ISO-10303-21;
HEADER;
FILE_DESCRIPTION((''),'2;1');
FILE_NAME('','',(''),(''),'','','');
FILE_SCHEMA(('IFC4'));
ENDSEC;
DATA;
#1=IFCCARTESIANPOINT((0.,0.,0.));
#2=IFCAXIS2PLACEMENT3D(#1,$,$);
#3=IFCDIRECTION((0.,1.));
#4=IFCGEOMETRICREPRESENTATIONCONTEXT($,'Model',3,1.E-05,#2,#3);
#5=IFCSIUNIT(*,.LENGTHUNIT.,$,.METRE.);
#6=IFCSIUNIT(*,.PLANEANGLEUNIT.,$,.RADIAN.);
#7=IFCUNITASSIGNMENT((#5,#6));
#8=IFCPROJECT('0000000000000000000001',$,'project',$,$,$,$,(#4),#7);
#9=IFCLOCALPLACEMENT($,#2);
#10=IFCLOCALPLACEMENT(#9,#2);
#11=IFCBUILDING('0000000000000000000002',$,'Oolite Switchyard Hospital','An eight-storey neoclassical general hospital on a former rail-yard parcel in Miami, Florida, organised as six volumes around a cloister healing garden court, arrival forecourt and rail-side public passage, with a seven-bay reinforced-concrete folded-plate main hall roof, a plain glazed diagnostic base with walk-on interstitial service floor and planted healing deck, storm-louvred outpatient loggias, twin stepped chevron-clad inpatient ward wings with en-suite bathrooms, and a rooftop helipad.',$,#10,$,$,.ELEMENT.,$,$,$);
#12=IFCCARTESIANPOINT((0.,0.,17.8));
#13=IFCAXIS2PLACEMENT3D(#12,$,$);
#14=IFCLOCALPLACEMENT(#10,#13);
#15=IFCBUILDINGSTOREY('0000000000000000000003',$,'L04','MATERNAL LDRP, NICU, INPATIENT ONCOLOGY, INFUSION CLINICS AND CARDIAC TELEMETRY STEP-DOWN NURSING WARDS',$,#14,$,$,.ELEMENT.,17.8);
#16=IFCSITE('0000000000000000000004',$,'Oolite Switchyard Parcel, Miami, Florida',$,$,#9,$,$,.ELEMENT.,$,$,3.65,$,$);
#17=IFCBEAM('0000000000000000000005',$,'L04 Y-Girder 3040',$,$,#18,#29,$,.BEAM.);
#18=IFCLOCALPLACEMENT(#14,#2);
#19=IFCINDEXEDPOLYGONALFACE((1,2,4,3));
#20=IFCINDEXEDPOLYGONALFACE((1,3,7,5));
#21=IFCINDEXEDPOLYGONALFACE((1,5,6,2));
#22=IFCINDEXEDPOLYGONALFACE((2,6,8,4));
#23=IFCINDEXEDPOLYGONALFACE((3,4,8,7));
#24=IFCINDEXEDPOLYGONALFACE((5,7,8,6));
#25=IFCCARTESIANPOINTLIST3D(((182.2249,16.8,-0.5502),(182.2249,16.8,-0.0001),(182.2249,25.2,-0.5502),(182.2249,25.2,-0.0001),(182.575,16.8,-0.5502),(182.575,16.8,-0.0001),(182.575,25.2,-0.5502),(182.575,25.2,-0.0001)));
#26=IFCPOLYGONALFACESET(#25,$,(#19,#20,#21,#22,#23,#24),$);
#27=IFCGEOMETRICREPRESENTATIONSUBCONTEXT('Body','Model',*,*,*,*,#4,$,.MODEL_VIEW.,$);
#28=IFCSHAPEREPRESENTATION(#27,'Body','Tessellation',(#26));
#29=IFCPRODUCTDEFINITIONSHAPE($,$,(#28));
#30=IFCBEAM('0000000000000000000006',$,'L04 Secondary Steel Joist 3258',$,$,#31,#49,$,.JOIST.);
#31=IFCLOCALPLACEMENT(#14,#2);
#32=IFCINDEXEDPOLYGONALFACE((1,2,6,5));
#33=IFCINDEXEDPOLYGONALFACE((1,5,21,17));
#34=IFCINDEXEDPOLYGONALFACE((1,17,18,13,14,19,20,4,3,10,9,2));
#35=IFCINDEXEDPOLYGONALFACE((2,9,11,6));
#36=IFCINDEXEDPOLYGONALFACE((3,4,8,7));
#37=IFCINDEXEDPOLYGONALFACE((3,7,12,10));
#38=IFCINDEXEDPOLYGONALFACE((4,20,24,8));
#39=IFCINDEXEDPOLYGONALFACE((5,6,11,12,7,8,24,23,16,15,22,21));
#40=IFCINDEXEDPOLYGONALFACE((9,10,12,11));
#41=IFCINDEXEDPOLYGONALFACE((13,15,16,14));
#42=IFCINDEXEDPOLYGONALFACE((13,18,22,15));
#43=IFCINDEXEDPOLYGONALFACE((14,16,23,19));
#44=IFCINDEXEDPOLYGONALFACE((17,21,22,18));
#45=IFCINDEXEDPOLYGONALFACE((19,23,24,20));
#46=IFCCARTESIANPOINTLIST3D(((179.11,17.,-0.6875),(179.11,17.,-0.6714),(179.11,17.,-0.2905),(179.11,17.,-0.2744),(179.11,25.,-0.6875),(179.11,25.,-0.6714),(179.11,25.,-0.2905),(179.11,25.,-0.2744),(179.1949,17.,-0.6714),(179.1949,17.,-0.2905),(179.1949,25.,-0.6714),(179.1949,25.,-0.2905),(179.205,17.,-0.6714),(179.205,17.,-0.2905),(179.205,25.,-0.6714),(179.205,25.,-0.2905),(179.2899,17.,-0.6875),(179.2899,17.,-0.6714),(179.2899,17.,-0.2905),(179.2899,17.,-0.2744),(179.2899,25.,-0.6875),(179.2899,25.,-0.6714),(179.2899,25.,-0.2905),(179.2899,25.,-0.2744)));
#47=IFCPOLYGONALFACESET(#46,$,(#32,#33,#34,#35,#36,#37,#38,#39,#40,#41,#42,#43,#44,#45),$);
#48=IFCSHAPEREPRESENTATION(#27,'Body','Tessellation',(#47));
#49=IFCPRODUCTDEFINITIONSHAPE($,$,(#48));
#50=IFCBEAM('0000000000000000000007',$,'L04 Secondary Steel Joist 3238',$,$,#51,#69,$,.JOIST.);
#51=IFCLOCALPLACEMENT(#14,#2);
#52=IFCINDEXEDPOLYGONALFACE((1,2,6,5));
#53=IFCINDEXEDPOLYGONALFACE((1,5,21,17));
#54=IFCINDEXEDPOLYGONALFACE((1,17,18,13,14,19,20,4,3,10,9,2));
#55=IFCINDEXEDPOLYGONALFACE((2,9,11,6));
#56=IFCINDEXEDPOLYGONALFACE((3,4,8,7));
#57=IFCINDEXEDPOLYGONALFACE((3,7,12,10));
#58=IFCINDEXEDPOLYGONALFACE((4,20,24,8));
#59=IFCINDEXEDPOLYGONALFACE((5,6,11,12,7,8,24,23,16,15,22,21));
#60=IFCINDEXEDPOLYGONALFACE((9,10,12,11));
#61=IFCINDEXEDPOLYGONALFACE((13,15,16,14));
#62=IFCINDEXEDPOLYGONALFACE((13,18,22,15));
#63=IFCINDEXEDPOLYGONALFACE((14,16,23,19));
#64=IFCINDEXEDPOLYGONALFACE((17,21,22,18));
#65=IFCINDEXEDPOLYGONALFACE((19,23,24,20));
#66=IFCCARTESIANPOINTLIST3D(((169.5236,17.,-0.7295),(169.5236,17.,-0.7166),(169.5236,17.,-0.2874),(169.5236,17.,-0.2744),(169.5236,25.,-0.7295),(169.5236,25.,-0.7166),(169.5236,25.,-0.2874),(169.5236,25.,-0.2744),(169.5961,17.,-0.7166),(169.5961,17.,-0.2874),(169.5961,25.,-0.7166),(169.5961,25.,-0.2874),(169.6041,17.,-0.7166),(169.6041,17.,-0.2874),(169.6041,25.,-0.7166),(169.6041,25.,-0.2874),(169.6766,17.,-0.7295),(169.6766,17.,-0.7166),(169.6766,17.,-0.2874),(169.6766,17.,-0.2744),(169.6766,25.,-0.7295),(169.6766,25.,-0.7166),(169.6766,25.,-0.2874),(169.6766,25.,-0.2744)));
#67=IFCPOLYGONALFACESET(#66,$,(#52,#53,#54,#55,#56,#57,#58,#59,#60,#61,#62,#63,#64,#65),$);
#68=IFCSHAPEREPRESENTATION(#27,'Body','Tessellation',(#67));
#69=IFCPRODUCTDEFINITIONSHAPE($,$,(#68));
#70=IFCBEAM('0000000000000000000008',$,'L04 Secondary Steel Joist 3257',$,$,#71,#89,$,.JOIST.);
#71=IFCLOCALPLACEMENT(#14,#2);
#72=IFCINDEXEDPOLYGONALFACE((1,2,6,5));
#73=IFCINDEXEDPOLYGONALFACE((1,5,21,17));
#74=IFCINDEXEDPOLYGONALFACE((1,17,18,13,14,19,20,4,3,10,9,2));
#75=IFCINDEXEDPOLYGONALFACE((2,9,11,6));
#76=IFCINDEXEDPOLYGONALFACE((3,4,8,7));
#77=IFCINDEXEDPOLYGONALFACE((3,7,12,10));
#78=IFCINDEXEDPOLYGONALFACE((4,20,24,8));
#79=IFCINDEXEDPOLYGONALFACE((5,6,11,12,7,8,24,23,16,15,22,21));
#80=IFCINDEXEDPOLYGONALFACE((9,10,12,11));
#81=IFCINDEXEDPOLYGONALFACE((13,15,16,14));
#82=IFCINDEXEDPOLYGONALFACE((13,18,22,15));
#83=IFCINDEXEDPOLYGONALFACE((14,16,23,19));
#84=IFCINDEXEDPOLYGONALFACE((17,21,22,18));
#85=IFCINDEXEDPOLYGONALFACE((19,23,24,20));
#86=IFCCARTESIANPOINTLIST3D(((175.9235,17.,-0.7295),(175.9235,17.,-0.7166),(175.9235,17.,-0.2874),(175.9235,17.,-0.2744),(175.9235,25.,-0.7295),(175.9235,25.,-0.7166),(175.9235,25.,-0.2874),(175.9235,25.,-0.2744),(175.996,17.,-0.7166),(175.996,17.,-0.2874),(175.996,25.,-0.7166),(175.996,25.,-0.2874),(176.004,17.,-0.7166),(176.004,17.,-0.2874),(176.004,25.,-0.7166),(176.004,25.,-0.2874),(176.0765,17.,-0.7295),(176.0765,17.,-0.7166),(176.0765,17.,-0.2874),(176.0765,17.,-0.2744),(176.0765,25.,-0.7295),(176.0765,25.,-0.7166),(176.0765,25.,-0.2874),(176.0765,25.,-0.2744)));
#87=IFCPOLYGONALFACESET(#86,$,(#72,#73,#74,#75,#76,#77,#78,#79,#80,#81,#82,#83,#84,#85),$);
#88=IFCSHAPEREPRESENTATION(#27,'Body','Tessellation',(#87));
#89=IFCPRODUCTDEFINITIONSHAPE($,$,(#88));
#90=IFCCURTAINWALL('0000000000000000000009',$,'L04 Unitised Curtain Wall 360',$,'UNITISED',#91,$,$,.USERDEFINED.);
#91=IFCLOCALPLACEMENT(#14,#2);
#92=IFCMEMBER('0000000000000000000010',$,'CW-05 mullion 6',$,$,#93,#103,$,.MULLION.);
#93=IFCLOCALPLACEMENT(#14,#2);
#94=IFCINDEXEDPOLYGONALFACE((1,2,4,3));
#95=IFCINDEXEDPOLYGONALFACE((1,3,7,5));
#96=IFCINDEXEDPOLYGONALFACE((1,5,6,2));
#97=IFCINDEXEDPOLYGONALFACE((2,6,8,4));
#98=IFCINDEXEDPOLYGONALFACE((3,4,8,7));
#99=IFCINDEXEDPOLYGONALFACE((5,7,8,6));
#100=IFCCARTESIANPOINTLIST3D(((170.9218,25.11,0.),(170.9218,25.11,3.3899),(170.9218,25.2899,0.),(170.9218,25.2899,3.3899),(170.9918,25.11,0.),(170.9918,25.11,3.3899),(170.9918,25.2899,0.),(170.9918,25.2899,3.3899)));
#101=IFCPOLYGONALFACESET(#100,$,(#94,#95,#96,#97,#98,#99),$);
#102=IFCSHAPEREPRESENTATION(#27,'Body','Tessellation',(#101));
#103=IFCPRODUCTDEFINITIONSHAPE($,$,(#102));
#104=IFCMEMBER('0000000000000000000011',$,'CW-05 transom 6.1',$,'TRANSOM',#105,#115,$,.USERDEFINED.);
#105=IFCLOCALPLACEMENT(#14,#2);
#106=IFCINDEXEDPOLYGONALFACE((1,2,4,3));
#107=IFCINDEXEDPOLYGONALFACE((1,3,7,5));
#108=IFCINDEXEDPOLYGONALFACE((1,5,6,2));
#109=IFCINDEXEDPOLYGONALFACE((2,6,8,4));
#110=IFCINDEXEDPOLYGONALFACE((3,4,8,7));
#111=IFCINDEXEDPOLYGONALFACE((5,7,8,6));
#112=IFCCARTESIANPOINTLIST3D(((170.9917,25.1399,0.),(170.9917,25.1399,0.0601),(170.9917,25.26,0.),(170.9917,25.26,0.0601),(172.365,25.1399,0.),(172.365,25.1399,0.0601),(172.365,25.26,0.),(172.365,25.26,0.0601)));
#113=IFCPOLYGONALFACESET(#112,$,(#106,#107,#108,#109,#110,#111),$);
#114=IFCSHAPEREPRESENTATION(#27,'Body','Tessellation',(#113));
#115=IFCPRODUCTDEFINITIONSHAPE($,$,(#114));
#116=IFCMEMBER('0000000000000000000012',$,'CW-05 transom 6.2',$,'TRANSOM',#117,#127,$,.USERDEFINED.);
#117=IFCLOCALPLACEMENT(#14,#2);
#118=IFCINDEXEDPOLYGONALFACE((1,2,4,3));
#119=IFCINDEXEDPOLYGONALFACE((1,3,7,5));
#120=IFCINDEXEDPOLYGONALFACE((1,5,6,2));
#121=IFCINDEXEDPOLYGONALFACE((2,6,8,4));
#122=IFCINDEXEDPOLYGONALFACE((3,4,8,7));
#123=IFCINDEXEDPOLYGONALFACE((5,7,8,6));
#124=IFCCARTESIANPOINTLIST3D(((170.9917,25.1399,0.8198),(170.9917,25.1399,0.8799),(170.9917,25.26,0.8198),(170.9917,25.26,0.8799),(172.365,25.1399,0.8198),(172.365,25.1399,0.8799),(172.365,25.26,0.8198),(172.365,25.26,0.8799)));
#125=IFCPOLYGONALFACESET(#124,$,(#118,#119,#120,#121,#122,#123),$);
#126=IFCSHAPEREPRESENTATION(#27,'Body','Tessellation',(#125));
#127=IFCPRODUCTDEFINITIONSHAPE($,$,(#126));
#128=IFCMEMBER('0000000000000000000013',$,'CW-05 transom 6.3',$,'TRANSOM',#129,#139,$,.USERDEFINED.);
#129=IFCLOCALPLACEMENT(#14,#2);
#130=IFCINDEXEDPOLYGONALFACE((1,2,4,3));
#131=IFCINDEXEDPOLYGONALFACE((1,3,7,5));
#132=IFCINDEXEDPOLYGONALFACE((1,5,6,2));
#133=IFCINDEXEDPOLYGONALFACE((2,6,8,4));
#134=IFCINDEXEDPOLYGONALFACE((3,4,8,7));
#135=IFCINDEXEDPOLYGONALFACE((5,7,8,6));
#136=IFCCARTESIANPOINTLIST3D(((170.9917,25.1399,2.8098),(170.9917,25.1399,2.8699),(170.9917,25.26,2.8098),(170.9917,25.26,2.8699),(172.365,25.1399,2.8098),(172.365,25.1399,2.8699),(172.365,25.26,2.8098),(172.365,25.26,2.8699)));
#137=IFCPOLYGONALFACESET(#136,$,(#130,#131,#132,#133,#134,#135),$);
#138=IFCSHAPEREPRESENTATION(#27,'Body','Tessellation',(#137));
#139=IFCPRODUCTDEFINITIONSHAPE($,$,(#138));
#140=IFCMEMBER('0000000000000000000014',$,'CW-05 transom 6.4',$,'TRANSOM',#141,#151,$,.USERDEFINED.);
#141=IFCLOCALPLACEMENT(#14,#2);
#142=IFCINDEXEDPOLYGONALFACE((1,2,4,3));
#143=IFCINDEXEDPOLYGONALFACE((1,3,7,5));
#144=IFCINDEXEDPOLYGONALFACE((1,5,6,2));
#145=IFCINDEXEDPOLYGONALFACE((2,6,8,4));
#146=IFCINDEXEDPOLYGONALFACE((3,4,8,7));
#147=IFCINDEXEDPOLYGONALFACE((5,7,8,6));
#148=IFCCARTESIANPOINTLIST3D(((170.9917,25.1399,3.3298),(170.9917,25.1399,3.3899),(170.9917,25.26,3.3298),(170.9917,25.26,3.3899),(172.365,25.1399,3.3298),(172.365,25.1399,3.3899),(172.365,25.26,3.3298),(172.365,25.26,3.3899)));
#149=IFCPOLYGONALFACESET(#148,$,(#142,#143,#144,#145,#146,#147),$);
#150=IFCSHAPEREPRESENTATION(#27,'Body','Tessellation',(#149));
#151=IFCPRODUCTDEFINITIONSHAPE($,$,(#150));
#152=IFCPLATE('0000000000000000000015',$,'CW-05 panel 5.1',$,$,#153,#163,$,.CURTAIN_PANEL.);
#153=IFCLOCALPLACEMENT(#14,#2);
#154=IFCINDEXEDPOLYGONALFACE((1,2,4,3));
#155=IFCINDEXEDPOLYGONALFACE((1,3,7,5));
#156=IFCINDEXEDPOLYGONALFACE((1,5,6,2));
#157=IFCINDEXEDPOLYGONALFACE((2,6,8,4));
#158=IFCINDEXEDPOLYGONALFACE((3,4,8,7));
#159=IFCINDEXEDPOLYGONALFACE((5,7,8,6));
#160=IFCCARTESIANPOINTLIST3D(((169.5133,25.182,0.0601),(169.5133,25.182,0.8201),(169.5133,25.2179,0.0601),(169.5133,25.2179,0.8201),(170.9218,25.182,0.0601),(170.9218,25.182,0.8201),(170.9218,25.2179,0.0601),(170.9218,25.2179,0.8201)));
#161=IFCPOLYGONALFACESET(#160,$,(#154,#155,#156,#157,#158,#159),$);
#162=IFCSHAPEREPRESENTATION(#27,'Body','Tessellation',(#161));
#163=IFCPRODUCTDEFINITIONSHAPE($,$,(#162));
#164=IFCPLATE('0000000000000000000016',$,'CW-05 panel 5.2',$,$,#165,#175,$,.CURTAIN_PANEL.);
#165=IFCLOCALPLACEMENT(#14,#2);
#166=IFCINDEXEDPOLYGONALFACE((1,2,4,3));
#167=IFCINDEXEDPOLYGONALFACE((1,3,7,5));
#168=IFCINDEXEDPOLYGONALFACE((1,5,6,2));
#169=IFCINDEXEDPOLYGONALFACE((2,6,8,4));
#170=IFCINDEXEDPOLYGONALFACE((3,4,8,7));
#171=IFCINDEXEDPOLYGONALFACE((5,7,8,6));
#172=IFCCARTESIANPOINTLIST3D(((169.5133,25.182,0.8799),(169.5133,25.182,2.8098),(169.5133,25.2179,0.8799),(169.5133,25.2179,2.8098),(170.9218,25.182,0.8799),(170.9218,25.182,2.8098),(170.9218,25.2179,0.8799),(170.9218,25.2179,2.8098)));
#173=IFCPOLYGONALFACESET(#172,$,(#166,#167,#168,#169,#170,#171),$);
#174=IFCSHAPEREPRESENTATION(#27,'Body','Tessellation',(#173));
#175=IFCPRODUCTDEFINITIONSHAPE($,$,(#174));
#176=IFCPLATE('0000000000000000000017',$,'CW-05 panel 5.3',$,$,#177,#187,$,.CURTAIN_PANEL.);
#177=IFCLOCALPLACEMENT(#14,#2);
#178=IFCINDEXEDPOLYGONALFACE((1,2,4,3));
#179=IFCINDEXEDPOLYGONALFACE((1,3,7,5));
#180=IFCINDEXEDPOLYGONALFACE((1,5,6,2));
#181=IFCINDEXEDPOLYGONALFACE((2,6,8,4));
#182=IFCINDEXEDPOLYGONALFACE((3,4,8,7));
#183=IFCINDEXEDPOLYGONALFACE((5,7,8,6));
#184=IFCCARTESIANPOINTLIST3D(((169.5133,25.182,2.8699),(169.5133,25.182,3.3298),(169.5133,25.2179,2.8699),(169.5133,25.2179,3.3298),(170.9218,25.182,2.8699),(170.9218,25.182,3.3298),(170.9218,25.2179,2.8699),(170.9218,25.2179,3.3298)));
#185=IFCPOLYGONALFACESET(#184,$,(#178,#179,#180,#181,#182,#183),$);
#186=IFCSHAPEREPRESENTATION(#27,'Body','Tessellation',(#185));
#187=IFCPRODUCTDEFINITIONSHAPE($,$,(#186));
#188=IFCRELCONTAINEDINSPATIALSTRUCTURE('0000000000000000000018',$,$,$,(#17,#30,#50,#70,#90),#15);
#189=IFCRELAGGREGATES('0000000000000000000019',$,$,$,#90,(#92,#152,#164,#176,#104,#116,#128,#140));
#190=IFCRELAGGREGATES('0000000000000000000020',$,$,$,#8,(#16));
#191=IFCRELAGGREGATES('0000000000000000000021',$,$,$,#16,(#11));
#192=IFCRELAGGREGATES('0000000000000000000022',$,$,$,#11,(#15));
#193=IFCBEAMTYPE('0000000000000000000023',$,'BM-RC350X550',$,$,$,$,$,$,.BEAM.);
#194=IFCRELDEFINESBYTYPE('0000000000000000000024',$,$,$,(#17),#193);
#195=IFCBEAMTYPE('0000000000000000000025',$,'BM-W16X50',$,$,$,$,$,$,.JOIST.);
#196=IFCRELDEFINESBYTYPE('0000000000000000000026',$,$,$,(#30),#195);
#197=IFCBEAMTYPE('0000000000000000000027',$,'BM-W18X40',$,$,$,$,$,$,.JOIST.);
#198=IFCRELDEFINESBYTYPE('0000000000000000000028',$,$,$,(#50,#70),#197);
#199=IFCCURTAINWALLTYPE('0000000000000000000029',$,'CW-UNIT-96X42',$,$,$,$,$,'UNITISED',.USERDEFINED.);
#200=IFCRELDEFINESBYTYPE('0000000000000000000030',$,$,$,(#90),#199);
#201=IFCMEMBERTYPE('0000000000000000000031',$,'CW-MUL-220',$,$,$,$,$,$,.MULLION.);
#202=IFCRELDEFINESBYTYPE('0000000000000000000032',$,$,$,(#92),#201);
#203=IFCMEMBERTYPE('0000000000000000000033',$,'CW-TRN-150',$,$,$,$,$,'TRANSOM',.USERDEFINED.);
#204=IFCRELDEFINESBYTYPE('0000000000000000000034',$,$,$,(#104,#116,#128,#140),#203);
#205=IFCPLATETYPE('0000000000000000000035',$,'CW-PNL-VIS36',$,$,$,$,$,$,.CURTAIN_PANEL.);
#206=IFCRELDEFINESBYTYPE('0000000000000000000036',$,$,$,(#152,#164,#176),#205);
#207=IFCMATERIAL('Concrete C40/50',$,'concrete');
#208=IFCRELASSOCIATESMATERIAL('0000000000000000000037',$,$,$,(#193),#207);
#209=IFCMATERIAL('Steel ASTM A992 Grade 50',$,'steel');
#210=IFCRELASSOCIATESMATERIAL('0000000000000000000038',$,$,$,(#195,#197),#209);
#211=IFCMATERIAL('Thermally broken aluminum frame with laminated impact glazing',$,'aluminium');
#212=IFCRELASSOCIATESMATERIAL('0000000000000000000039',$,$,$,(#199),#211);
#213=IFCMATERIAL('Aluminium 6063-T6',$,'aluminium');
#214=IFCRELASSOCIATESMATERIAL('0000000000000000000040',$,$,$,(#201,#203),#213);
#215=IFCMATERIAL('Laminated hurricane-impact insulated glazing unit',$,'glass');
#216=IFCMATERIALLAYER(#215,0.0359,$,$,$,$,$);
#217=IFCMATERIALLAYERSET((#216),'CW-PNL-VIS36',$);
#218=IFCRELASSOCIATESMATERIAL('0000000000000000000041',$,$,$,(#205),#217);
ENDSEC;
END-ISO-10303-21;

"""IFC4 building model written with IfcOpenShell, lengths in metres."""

from ifc_helpers import new_model, si_unit, direction, frame, origin, origin_2d, place, context, subcontext, project, spatial, rectangle, i_section, extrude, material, layer, layer_set, material_profile, profile_set, type_object, element, aggregate, save


model = new_model("IFC4")

# Units and contexts
model_context = context("Model", 3, precision=1e-05, world=origin(), true_north=direction((0.0, 1.0)))
body_context = subcontext(model_context, "Body", "Model", "MODEL_VIEW")
ifc_project = project(units=[si_unit("LENGTHUNIT", "METRE"), si_unit("PLANEANGLEUNIT", "RADIAN")], contexts=[model_context])

# Site, building, storey
site_placement = place(None, origin())
site = spatial("IfcSite", under=ifc_project, at=site_placement, Name="Oolite Switchyard Parcel, Miami, Florida", CompositionType="ELEMENT", RefElevation=3.65)
building_placement = place(site_placement, origin())
building = spatial("IfcBuilding", under=site, at=building_placement, Name="Oolite Switchyard Hospital", Description="An eight-storey neoclassical general hospital on a former rail-yard parcel in Miami, Florida, organised as six volumes around a cloister healing garden court, arrival forecourt and rail-side public passage, with a seven-bay reinforced-concrete folded-plate main hall roof, a plain glazed diagnostic base with walk-on interstitial service floor and planted healing deck, storm-louvred outpatient loggias, twin stepped chevron-clad inpatient ward wings with en-suite bathrooms, and a rooftop helipad.", CompositionType="ELEMENT")
storey_placement = place(building_placement, frame((0.0, 0.0, 17.8)))
storey = spatial("IfcBuildingStorey", under=building, at=storey_placement, Name="L04", Description="MATERNAL LDRP, NICU, INPATIENT ONCOLOGY, INFUSION CLINICS AND CARDIAC TELEMETRY STEP-DOWN NURSING WARDS", CompositionType="ELEMENT", Elevation=17.8)

# Beams
ifc_material_1 = material(Name="Concrete C40/50", Category="concrete")
ifc_material_profile_1 = material_profile(ifc_material_1, rectangle(XDim=0.3501, YDim=0.55, at=origin_2d()), Name="RCB350X550")
ifc_profile_set_1 = profile_set([ifc_material_profile_1], Name="Concrete C40/50")
beam_type_1 = type_object("IfcBeamType", Name="BM-RC350X550", PredefinedType="BEAM", material=ifc_profile_set_1)
beam_1_placement = place(storey_placement, frame((182.3999, 16.8, -0.2751), z_axis=(0.0, 1.0, 0.0), x_axis=(-1.0, 0.0, 0.0)))
element("IfcBeam", 1, at=beam_1_placement, inside=storey, type_object=beam_type_1, Name="L04 Y-Girder 3040", PredefinedType="BEAM", context=body_context, shape_type="SweptSolid", body=[
    extrude(rectangle(XDim=0.3501, YDim=0.55, at=origin_2d()), origin(), (0.0, 0.0, 1.0), 8.3999),
])
ifc_material_2 = material(Name="Steel ASTM A992 Grade 50", Category="steel")
ifc_material_profile_2 = material_profile(ifc_material_2, i_section(OverallWidth=0.1799, OverallDepth=0.4131, WebThickness=0.01, FlangeThickness=0.0161, at=origin_2d()), Name="W16X50")
ifc_profile_set_2 = profile_set([ifc_material_profile_2], Name="Steel ASTM A992 Grade 50")
beam_type_2 = type_object("IfcBeamType", Name="BM-W16X50", PredefinedType="JOIST", material=ifc_profile_set_2)
beam_2_placement = place(storey_placement, frame((179.2, 17.0, -0.481), z_axis=(0.0, 1.0, 0.0), x_axis=(-1.0, 0.0, 0.0)))
element("IfcBeam", 2, at=beam_2_placement, inside=storey, type_object=beam_type_2, Name="L04 Secondary Steel Joist 3258", PredefinedType="JOIST", context=body_context, shape_type="SweptSolid", body=[
    extrude(i_section(OverallWidth=0.1799, OverallDepth=0.4131, WebThickness=0.01, FlangeThickness=0.0161, at=origin_2d()), origin(), (0.0, 0.0, 1.0), 8.0),
])
ifc_material_profile_3 = material_profile(ifc_material_2, i_section(OverallWidth=0.1531, OverallDepth=0.4551, WebThickness=0.0081, FlangeThickness=0.0129, at=origin_2d()), Name="W18X40")
ifc_profile_set_3 = profile_set([ifc_material_profile_3], Name="Steel ASTM A992 Grade 50")
beam_type_3 = type_object("IfcBeamType", Name="BM-W18X40", PredefinedType="JOIST", material=ifc_profile_set_3)
for number, where, z_axis, x_axis, name in (
    (3, (169.6001, 17.0, -0.502), (0.0, 1.0, 0.0), (-1.0, 0.0, 0.0), "L04 Secondary Steel Joist 3238"),
    (4, (176.0, 17.0, -0.502), (0.0, 1.0, 0.0), (-1.0, 0.0, 0.0), "L04 Secondary Steel Joist 3257"),
):
    element("IfcBeam", number, at=place(storey_placement, frame(where, z_axis=z_axis, x_axis=x_axis)), inside=storey, type_object=beam_type_3, Name=name, PredefinedType="JOIST", context=body_context, shape_type="SweptSolid", body=[
        extrude(i_section(OverallWidth=0.1531, OverallDepth=0.4551, WebThickness=0.0081, FlangeThickness=0.0129, at=origin_2d()), origin(), (0.0, 0.0, 1.0), 8.0),
    ])

# Curtain wall, members, plates
ifc_material_3 = material(Name="Thermally broken aluminum frame with laminated impact glazing", Category="aluminium")
curtain_wall_type = type_object("IfcCurtainWallType", Name="CW-UNIT-96X42", ElementType="UNITISED", PredefinedType="USERDEFINED", material=ifc_material_3)
curtain_wall_placement = place(storey_placement, origin())
curtain_wall = element("IfcCurtainWall", 5, at=curtain_wall_placement, inside=storey, type_object=curtain_wall_type, Name="L04 Unitised Curtain Wall 360", ObjectType="UNITISED", PredefinedType="USERDEFINED")
ifc_material_4 = material(Name="Aluminium 6063-T6", Category="aluminium")
ifc_material_profile_4 = material_profile(ifc_material_4, rectangle(XDim=0.1799, YDim=0.0701, at=origin_2d()), Name="CWM70X180")
ifc_profile_set_4 = profile_set([ifc_material_profile_4], Name="Aluminium 6063-T6")
member_type_1 = type_object("IfcMemberType", Name="CW-MUL-220", PredefinedType="MULLION", material=ifc_profile_set_4)
member_1_placement = place(storey_placement, frame((170.9568, 25.2, 0.0), z_axis=(0.0, 0.0, 1.0), x_axis=(0.0, 1.0, 0.0)))
member_1 = element("IfcMember", 6, at=member_1_placement, type_object=member_type_1, Name="CW-05 mullion 6", PredefinedType="MULLION", context=body_context, shape_type="SweptSolid", body=[
    extrude(rectangle(XDim=0.1799, YDim=0.0701, at=origin_2d()), origin(), (0.0, 0.0, 1.0), 3.3899),
])
ifc_material_profile_5 = material_profile(ifc_material_4, rectangle(XDim=0.1201, YDim=0.0601, at=origin_2d()), Name="CWT60X120")
ifc_profile_set_5 = profile_set([ifc_material_profile_5], Name="Aluminium 6063-T6")
member_type_2 = type_object("IfcMemberType", Name="CW-TRN-150", ElementType="TRANSOM", PredefinedType="USERDEFINED", material=ifc_profile_set_5)
member_2_placement = place(storey_placement, frame((170.9917, 25.2, 0.03), z_axis=(1.0, 0.0, 0.0), x_axis=(0.0, 1.0, 0.0)))
member_2 = element("IfcMember", 7, at=member_2_placement, type_object=member_type_2, Name="CW-05 transom 6.1", ObjectType="TRANSOM", PredefinedType="USERDEFINED", context=body_context, shape_type="SweptSolid", body=[
    extrude(rectangle(XDim=0.1201, YDim=0.0601, at=origin_2d()), origin(), (0.0, 0.0, 1.0), 1.3733),
])
member_3_placement = place(storey_placement, frame((170.9917, 25.2, 0.8499), z_axis=(1.0, 0.0, 0.0), x_axis=(0.0, 1.0, 0.0)))
member_3 = element("IfcMember", 8, at=member_3_placement, type_object=member_type_2, Name="CW-05 transom 6.2", ObjectType="TRANSOM", PredefinedType="USERDEFINED", context=body_context, shape_type="SweptSolid", body=[
    extrude(rectangle(XDim=0.1201, YDim=0.0601, at=origin_2d()), origin(), (0.0, 0.0, 1.0), 1.3733),
])
member_4_placement = place(storey_placement, frame((170.9917, 25.2, 2.8398), z_axis=(1.0, 0.0, 0.0), x_axis=(0.0, 1.0, 0.0)))
member_4 = element("IfcMember", 9, at=member_4_placement, type_object=member_type_2, Name="CW-05 transom 6.3", ObjectType="TRANSOM", PredefinedType="USERDEFINED", context=body_context, shape_type="SweptSolid", body=[
    extrude(rectangle(XDim=0.1201, YDim=0.0601, at=origin_2d()), origin(), (0.0, 0.0, 1.0), 1.3733),
])
member_5_placement = place(storey_placement, frame((170.9917, 25.2, 3.3599), z_axis=(1.0, 0.0, 0.0), x_axis=(0.0, 1.0, 0.0)))
member_5 = element("IfcMember", 10, at=member_5_placement, type_object=member_type_2, Name="CW-05 transom 6.4", ObjectType="TRANSOM", PredefinedType="USERDEFINED", context=body_context, shape_type="SweptSolid", body=[
    extrude(rectangle(XDim=0.1201, YDim=0.0601, at=origin_2d()), origin(), (0.0, 0.0, 1.0), 1.3733),
])
ifc_material_5 = material(Name="Laminated hurricane-impact insulated glazing unit", Category="glass")
ifc_layer_1 = layer(ifc_material_5, 0.0359)
ifc_layer_set_1 = layer_set([ifc_layer_1], Name="CW-PNL-VIS36")
plate_type = type_object("IfcPlateType", Name="CW-PNL-VIS36", PredefinedType="CURTAIN_PANEL", material=ifc_layer_set_1)
plate_1_placement = place(storey_placement, frame((170.2175, 25.2, 0.0601), z_axis=(0.0, 0.0, 1.0), x_axis=(1.0, 0.0, 0.0)))
plate_1 = element("IfcPlate", 11, at=plate_1_placement, type_object=plate_type, Name="CW-05 panel 5.1", PredefinedType="CURTAIN_PANEL", context=body_context, shape_type="SweptSolid", body=[
    extrude(rectangle(XDim=1.4084, YDim=0.0359, at=origin_2d()), origin(), (0.0, 0.0, 1.0), 0.76),
])
plate_2_placement = place(storey_placement, frame((170.2175, 25.2, 0.8799), z_axis=(0.0, 0.0, 1.0), x_axis=(1.0, 0.0, 0.0)))
plate_2 = element("IfcPlate", 12, at=plate_2_placement, type_object=plate_type, Name="CW-05 panel 5.2", PredefinedType="CURTAIN_PANEL", context=body_context, shape_type="SweptSolid", body=[
    extrude(rectangle(XDim=1.4084, YDim=0.0359, at=origin_2d()), origin(), (0.0, 0.0, 1.0), 1.9299),
])
plate_3_placement = place(storey_placement, frame((170.2175, 25.2, 2.8699), z_axis=(0.0, 0.0, 1.0), x_axis=(1.0, 0.0, 0.0)))
plate_3 = element("IfcPlate", 13, at=plate_3_placement, type_object=plate_type, Name="CW-05 panel 5.3", PredefinedType="CURTAIN_PANEL", context=body_context, shape_type="SweptSolid", body=[
    extrude(rectangle(XDim=1.4084, YDim=0.0359, at=origin_2d()), origin(), (0.0, 0.0, 1.0), 0.46),
])
aggregate(curtain_wall, [member_1, plate_1, plate_2, plate_3, member_2, member_3, member_4, member_5])

save(model, "model.ifc")
